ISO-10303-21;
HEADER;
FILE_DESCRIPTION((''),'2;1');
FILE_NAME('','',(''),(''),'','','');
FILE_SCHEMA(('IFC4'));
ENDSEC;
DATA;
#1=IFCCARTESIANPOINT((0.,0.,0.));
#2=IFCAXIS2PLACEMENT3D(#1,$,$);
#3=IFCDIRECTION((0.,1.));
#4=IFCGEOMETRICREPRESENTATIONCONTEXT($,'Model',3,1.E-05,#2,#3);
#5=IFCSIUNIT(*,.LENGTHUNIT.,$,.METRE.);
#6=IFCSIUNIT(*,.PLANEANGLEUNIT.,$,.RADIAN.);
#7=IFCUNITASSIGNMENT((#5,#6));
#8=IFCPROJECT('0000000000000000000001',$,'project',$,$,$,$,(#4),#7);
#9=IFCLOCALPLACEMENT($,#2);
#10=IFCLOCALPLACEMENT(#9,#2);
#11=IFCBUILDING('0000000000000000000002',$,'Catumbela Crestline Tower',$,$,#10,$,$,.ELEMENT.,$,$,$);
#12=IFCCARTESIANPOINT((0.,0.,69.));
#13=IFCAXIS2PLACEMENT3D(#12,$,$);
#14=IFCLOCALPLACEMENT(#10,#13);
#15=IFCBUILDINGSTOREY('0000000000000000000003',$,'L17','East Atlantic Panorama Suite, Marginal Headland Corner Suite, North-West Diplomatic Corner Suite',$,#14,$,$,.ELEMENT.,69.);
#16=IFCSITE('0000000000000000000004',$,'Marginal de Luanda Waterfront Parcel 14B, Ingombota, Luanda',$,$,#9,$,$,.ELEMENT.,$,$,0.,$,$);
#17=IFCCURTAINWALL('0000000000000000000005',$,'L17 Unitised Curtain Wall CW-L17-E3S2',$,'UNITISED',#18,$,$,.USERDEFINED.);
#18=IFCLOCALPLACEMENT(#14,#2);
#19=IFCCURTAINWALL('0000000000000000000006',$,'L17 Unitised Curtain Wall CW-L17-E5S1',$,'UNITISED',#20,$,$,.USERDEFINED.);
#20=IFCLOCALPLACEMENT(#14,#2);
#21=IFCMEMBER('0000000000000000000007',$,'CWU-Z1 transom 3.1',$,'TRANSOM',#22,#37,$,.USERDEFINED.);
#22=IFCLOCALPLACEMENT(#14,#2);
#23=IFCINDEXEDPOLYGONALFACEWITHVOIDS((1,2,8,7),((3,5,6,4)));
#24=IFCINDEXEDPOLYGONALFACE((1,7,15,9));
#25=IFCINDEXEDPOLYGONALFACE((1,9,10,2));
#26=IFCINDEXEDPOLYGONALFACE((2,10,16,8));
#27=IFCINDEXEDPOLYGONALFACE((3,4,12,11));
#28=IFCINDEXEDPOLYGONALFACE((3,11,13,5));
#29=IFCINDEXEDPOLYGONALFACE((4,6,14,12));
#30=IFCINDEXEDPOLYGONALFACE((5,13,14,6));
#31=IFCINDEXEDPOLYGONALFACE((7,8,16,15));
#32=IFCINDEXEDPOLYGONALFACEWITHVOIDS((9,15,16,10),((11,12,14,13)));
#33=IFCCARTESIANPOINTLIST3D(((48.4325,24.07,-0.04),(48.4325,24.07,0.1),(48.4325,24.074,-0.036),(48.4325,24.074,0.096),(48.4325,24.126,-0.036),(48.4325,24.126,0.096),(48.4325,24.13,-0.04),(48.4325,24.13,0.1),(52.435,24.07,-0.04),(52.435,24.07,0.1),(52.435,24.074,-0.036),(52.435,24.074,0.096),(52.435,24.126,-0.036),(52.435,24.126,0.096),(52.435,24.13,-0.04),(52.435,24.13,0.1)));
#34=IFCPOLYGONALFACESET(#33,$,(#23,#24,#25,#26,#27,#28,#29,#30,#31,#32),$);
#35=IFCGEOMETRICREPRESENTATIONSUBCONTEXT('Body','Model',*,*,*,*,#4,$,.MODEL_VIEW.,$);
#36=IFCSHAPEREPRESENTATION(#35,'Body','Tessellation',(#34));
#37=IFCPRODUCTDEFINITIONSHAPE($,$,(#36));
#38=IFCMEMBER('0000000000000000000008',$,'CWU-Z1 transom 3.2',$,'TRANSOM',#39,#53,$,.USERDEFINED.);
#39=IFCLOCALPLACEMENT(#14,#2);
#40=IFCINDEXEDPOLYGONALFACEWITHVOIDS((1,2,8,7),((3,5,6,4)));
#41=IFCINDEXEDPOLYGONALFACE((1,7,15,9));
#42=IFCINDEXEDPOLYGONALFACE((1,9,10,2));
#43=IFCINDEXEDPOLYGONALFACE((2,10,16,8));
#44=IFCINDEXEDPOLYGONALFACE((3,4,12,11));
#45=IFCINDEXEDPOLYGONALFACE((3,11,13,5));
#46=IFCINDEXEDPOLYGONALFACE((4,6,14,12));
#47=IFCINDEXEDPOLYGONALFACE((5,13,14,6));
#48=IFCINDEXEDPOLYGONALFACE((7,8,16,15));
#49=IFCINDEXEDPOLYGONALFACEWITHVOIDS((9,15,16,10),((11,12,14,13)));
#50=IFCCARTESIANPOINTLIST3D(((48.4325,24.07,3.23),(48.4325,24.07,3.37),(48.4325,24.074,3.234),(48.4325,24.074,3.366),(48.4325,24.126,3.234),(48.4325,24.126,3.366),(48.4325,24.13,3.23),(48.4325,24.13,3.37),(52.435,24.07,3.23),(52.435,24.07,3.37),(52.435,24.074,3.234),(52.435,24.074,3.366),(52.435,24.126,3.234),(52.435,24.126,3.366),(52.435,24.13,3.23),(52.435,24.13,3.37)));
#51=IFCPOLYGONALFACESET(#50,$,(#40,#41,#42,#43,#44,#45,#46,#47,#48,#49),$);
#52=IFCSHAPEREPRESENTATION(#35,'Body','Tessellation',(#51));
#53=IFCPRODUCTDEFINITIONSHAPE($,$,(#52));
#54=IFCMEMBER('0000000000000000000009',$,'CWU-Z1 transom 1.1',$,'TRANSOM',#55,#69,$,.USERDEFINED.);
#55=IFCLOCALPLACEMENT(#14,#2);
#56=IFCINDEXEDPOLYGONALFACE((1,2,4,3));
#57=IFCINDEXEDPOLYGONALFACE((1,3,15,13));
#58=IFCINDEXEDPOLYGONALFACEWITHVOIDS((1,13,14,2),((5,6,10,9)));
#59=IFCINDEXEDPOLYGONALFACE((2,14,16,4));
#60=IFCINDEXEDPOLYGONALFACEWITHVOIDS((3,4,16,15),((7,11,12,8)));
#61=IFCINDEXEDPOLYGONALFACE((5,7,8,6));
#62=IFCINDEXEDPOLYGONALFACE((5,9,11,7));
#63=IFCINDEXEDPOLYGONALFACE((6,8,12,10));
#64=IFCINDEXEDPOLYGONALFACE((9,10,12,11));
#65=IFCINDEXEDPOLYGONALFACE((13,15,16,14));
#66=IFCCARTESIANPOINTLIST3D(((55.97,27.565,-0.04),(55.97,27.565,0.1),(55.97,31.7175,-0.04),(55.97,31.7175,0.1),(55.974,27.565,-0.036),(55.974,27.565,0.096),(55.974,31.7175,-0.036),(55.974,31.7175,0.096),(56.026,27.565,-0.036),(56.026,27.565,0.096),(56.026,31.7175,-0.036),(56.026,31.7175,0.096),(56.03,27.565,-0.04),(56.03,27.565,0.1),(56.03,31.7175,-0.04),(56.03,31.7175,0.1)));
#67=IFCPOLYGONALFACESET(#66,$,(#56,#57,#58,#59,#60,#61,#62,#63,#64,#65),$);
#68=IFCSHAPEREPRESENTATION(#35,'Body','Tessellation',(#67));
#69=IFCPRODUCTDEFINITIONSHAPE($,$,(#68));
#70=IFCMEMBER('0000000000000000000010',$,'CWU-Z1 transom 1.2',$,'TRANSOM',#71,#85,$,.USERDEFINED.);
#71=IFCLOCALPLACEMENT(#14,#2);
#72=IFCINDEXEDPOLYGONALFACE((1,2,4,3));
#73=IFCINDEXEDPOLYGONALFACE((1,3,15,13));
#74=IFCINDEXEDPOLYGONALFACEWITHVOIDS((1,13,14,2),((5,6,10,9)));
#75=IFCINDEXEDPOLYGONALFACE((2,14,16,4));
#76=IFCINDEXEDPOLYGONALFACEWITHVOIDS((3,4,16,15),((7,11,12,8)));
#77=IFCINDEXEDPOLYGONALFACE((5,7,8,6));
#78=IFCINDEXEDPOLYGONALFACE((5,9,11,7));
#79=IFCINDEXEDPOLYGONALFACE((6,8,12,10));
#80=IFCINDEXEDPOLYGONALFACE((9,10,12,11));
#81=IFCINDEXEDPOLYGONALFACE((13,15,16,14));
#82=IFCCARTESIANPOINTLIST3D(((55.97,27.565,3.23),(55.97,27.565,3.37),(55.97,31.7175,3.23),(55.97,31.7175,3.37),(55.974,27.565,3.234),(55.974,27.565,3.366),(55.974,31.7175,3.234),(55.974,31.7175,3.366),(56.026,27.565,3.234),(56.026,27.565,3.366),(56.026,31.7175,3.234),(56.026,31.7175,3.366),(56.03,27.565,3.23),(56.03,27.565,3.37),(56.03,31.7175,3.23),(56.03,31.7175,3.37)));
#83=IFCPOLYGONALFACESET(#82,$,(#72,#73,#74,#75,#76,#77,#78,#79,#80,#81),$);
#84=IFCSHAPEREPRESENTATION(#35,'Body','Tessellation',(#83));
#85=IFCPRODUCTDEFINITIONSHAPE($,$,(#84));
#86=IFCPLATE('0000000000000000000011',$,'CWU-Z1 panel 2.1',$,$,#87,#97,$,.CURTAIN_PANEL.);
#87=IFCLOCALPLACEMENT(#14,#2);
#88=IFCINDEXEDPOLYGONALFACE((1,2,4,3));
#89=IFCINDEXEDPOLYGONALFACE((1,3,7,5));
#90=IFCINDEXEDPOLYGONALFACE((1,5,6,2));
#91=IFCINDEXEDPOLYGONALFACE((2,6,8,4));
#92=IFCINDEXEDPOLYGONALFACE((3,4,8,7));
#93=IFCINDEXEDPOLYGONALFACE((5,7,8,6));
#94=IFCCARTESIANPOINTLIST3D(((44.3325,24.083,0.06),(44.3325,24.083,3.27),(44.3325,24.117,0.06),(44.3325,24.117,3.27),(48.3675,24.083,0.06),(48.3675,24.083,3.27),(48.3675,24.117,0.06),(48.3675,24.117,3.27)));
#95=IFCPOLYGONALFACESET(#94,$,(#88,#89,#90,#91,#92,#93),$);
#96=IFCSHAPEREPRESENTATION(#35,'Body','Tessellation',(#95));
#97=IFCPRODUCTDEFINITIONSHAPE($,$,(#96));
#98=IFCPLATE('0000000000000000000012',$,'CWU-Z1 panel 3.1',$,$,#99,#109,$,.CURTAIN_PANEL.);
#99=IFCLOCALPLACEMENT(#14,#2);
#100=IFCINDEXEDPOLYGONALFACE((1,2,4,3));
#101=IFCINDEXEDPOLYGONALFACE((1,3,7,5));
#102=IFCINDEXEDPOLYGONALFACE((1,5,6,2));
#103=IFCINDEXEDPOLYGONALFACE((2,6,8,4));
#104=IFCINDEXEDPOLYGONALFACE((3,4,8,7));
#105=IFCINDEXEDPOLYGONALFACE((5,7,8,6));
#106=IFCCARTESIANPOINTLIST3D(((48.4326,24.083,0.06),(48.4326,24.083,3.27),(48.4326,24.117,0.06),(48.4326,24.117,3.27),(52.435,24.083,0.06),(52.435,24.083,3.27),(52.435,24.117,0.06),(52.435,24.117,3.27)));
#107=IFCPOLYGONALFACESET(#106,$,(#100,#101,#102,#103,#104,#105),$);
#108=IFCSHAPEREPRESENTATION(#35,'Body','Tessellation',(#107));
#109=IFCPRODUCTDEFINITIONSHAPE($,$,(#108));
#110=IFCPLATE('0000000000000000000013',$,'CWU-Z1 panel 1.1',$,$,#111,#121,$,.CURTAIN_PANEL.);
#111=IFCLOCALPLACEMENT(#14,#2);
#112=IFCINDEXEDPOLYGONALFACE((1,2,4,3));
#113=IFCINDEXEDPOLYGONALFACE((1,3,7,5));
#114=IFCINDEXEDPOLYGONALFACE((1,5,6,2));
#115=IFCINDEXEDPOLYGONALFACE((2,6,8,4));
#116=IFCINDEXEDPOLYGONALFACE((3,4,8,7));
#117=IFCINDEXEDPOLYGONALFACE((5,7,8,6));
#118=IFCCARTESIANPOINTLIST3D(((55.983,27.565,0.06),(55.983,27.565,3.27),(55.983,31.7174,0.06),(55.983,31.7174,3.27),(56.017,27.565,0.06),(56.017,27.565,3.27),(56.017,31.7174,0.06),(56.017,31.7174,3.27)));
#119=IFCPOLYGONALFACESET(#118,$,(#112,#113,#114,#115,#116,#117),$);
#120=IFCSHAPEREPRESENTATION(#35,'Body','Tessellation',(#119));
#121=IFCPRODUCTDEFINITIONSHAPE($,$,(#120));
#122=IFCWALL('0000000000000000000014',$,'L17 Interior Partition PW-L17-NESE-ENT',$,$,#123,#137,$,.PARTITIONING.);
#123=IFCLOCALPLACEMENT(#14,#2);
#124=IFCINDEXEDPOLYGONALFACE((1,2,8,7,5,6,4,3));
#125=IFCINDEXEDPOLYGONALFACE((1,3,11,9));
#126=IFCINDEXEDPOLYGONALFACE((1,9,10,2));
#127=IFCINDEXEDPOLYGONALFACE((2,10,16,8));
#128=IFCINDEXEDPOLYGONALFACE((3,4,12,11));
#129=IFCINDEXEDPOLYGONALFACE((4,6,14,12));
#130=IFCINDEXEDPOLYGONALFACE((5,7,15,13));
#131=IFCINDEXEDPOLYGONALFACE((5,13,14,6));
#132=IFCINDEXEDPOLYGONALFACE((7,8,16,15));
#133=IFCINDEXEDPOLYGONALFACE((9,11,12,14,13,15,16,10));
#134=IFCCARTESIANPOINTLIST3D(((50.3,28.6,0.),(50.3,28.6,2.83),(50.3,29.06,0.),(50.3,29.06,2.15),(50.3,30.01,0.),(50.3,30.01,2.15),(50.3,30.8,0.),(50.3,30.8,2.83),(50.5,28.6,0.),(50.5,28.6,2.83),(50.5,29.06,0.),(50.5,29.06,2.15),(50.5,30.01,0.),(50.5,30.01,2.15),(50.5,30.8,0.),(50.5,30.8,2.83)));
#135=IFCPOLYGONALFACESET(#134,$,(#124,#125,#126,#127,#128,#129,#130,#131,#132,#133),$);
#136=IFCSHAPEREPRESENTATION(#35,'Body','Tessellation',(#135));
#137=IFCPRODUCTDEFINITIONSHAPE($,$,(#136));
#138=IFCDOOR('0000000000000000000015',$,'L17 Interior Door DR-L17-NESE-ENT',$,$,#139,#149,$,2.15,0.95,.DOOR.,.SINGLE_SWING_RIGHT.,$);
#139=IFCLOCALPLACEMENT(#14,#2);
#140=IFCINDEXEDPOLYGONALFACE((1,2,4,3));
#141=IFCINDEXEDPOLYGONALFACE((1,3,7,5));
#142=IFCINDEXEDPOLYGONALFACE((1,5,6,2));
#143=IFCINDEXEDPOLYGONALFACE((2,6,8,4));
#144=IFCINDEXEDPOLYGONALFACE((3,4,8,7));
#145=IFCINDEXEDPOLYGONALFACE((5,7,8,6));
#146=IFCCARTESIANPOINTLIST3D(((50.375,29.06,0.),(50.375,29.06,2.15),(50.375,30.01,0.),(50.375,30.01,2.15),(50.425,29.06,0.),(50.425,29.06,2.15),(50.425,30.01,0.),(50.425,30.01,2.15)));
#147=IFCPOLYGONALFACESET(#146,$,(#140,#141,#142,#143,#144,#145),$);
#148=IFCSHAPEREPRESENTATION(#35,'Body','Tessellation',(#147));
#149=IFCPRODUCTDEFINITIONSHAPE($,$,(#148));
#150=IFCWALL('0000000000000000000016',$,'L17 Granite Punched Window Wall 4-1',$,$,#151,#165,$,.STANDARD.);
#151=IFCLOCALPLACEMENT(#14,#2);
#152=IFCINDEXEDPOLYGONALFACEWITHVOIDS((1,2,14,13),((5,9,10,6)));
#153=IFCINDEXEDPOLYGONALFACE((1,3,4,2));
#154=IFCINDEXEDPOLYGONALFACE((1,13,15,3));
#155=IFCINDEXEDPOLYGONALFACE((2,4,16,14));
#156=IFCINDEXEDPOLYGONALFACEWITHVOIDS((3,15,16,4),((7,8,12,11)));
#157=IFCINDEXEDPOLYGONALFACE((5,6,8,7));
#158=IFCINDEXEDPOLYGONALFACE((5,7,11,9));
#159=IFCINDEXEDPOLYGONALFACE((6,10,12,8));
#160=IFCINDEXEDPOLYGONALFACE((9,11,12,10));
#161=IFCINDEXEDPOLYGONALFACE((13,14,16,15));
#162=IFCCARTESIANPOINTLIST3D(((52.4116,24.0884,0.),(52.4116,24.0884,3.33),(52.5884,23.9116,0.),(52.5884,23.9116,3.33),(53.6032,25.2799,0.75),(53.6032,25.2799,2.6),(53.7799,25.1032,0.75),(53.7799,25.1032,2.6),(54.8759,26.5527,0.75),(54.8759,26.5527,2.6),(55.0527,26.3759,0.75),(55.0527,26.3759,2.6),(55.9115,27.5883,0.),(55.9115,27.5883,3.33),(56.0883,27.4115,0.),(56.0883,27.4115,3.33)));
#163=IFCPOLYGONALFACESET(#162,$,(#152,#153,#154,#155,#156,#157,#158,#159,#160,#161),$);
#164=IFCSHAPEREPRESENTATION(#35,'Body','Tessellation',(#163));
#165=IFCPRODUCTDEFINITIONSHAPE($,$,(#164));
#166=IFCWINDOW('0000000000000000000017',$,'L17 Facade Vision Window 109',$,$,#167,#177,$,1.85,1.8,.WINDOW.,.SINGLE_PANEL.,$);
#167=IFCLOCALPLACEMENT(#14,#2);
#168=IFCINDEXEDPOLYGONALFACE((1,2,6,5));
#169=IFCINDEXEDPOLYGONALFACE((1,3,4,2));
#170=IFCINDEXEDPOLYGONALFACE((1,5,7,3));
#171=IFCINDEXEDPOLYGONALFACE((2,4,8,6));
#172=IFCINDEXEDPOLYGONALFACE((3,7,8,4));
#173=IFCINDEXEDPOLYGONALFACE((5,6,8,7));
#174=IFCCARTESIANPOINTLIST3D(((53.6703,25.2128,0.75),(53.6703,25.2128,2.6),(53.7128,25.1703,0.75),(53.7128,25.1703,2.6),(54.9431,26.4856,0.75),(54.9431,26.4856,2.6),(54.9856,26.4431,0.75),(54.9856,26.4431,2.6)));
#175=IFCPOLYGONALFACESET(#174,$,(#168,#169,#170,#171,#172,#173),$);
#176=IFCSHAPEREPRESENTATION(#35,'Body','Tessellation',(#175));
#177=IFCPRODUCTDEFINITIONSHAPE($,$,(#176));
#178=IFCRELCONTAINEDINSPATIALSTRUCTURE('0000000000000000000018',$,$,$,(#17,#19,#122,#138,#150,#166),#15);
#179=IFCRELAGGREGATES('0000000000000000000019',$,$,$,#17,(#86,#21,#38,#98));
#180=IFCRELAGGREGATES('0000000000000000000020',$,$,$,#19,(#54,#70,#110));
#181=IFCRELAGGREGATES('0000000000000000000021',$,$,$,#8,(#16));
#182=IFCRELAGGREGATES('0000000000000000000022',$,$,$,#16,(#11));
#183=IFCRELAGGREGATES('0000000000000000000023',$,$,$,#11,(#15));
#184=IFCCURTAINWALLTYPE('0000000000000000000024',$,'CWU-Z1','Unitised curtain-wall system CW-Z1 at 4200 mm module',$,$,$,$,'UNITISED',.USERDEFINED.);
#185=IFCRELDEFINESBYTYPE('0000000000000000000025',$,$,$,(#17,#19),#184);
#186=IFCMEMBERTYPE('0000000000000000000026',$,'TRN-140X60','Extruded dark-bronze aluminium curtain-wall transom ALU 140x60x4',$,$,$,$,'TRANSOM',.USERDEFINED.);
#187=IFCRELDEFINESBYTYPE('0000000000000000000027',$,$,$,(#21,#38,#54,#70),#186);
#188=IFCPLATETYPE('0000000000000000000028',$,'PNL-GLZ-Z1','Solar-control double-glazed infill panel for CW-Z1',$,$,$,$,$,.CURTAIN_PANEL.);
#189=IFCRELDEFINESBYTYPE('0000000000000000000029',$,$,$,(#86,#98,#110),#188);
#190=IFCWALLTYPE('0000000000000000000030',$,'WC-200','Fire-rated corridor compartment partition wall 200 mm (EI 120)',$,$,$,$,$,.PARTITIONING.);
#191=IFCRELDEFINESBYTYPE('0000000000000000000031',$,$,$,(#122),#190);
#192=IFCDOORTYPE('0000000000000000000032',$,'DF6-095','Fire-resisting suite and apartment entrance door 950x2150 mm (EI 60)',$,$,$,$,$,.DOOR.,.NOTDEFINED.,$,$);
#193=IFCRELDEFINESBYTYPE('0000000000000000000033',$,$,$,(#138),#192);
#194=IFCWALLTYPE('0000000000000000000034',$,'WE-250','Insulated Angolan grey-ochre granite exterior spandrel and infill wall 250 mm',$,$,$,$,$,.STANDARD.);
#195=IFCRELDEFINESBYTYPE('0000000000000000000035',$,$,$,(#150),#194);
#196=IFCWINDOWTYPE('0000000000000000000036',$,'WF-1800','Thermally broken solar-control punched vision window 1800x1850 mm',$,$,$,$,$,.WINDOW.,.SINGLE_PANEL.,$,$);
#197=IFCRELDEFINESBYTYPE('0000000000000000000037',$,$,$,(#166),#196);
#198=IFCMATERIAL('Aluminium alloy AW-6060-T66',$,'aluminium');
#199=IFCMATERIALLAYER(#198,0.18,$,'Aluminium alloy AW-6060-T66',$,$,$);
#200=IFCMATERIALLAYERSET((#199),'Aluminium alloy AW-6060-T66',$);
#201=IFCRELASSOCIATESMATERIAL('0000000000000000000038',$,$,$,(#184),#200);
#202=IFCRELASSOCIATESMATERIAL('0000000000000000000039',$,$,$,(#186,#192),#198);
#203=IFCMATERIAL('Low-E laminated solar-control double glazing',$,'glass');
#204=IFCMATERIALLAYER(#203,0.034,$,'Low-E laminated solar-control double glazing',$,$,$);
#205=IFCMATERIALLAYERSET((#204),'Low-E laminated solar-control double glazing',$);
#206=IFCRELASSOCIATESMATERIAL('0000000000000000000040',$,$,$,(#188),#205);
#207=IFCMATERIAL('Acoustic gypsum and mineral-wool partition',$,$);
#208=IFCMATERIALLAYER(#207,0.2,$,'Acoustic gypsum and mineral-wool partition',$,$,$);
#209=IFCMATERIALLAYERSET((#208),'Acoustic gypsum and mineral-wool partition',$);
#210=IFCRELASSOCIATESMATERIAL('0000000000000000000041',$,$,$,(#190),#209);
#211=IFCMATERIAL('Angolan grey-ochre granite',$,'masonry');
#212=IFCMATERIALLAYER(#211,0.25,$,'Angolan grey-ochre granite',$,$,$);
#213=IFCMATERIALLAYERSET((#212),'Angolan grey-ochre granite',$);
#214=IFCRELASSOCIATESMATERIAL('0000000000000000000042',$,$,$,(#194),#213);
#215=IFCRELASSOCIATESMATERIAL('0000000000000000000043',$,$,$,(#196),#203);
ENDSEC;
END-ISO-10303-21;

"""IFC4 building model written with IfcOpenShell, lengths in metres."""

from ifc_helpers import new_model, si_unit, direction, frame, frame_2d, origin, origin_2d, place, context, subcontext, project, spatial, rectangle, hollow_rectangle, extrude, material, layer, layer_set, material_profile, profile_set, type_object, element, fill, aggregate, save


model = new_model("IFC4")

# Units and contexts
model_context = context("Model", 3, precision=1e-05, world=origin(), true_north=direction((0.0, 1.0)))
body_context = subcontext(model_context, "Body", "Model", "MODEL_VIEW")
ifc_project = project(units=[si_unit("LENGTHUNIT", "METRE"), si_unit("PLANEANGLEUNIT", "RADIAN")], contexts=[model_context])

# Site, building, storey
site_placement = place(None, origin())
site = spatial("IfcSite", under=ifc_project, at=site_placement, Name="Marginal de Luanda Waterfront Parcel 14B, Ingombota, Luanda", CompositionType="ELEMENT", RefElevation=0.0)
building_placement = place(site_placement, origin())
building = spatial("IfcBuilding", under=site, at=building_placement, Name="Catumbela Crestline Tower", CompositionType="ELEMENT")
storey_placement = place(building_placement, frame((0.0, 0.0, 69.0)))
storey = spatial("IfcBuildingStorey", under=building, at=storey_placement, Name="L17", Description="East Atlantic Panorama Suite, Marginal Headland Corner Suite, North-West Diplomatic Corner Suite", CompositionType="ELEMENT", Elevation=69.0)

# Curtain wall
ifc_material_1 = material(Name="Aluminium alloy AW-6060-T66", Category="aluminium")
ifc_layer_1 = layer(ifc_material_1, 0.18, Name="Aluminium alloy AW-6060-T66")
ifc_layer_set_1 = layer_set([ifc_layer_1], Name="Aluminium alloy AW-6060-T66")
curtain_wall_type = type_object("IfcCurtainWallType", Name="CWU-Z1", Description="Unitised curtain-wall system CW-Z1 at 4200 mm module", ElementType="UNITISED", PredefinedType="USERDEFINED", material=ifc_layer_set_1)
curtain_wall_1_placement = place(storey_placement, origin())
curtain_wall_1 = element("IfcCurtainWall", 1, at=curtain_wall_1_placement, inside=storey, type_object=curtain_wall_type, Name="L17 Unitised Curtain Wall CW-L17-E3S2", ObjectType="UNITISED", PredefinedType="USERDEFINED")

# Curtain wall
curtain_wall_2_placement = place(storey_placement, origin())
curtain_wall_2 = element("IfcCurtainWall", 2, at=curtain_wall_2_placement, inside=storey, type_object=curtain_wall_type, Name="L17 Unitised Curtain Wall CW-L17-E5S1", ObjectType="UNITISED", PredefinedType="USERDEFINED")

# Members
ifc_material_profile_1 = material_profile(ifc_material_1, hollow_rectangle(XDim=0.06, YDim=0.14, WallThickness=0.004, at=origin_2d()), Name="ALU 140x60x4")
ifc_profile_set_1 = profile_set([ifc_material_profile_1], Name="Aluminium alloy AW-6060-T66")
member_type_1 = type_object("IfcMemberType", Name="TRN-140X60", Description="Extruded dark-bronze aluminium curtain-wall transom ALU 140x60x4", ElementType="TRANSOM", PredefinedType="USERDEFINED", material=ifc_profile_set_1)
member_1_placement = place(storey_placement, frame((48.4325, 24.1, 0.03), z_axis=(1.0, 0.0, 0.0), x_axis=(0.0, 1.0, 0.0)))
member_1 = element("IfcMember", 3, at=member_1_placement, type_object=member_type_1, Name="CWU-Z1 transom 3.1", ObjectType="TRANSOM", PredefinedType="USERDEFINED", context=body_context, shape_type="SweptSolid", body=[
    extrude(hollow_rectangle(XDim=0.06, YDim=0.14, WallThickness=0.004, at=origin_2d()), origin(), (0.0, 0.0, 1.0), 4.0025),
])
member_2_placement = place(storey_placement, frame((48.4325, 24.1, 3.3), z_axis=(1.0, 0.0, 0.0), x_axis=(0.0, 1.0, 0.0)))
member_2 = element("IfcMember", 4, at=member_2_placement, type_object=member_type_1, Name="CWU-Z1 transom 3.2", ObjectType="TRANSOM", PredefinedType="USERDEFINED", context=body_context, shape_type="SweptSolid", body=[
    extrude(hollow_rectangle(XDim=0.06, YDim=0.14, WallThickness=0.004, at=origin_2d()), origin(), (0.0, 0.0, 1.0), 4.0025),
])
member_3_placement = place(storey_placement, frame((56.0, 27.565, 0.03), z_axis=(0.0, 1.0, 0.0), x_axis=(-1.0, 0.0, 0.0)))
member_3 = element("IfcMember", 5, at=member_3_placement, type_object=member_type_1, Name="CWU-Z1 transom 1.1", ObjectType="TRANSOM", PredefinedType="USERDEFINED", context=body_context, shape_type="SweptSolid", body=[
    extrude(hollow_rectangle(XDim=0.06, YDim=0.14, WallThickness=0.004, at=origin_2d()), origin(), (0.0, 0.0, 1.0), 4.1525),
])
member_4_placement = place(storey_placement, frame((56.0, 27.565, 3.3), z_axis=(0.0, 1.0, 0.0), x_axis=(-1.0, 0.0, 0.0)))
member_4 = element("IfcMember", 6, at=member_4_placement, type_object=member_type_1, Name="CWU-Z1 transom 1.2", ObjectType="TRANSOM", PredefinedType="USERDEFINED", context=body_context, shape_type="SweptSolid", body=[
    extrude(hollow_rectangle(XDim=0.06, YDim=0.14, WallThickness=0.004, at=origin_2d()), origin(), (0.0, 0.0, 1.0), 4.1525),
])

# Plates
ifc_material_2 = material(Name="Low-E laminated solar-control double glazing", Category="glass")
ifc_layer_2 = layer(ifc_material_2, 0.034, Name="Low-E laminated solar-control double glazing")
ifc_layer_set_2 = layer_set([ifc_layer_2], Name="Low-E laminated solar-control double glazing")
plate_type = type_object("IfcPlateType", Name="PNL-GLZ-Z1", Description="Solar-control double-glazed infill panel for CW-Z1", PredefinedType="CURTAIN_PANEL", material=ifc_layer_set_2)
plate_1_placement = place(storey_placement, frame((46.35, 24.1, 0.06), z_axis=(0.0, 0.0, 1.0), x_axis=(1.0, 0.0, 0.0)))
plate_1 = element("IfcPlate", 7, at=plate_1_placement, type_object=plate_type, Name="CWU-Z1 panel 2.1", PredefinedType="CURTAIN_PANEL", context=body_context, shape_type="SweptSolid", body=[
    extrude(rectangle(XDim=4.035, YDim=0.034, at=origin_2d()), origin(), (0.0, 0.0, 1.0), 3.21),
])
plate_2_placement = place(storey_placement, frame((50.4338, 24.1, 0.06), z_axis=(0.0, 0.0, 1.0), x_axis=(1.0, 0.0, 0.0)))
plate_2 = element("IfcPlate", 8, at=plate_2_placement, type_object=plate_type, Name="CWU-Z1 panel 3.1", PredefinedType="CURTAIN_PANEL", context=body_context, shape_type="SweptSolid", body=[
    extrude(rectangle(XDim=4.0025, YDim=0.034, at=origin_2d()), origin(), (0.0, 0.0, 1.0), 3.21),
])
aggregate(curtain_wall_1, [plate_1, member_1, member_2, plate_2])
plate_3_placement = place(storey_placement, frame((56.0, 29.6412, 0.06), z_axis=(0.0, 0.0, 1.0), x_axis=(0.0, 1.0, 0.0)))
plate_3 = element("IfcPlate", 9, at=plate_3_placement, type_object=plate_type, Name="CWU-Z1 panel 1.1", PredefinedType="CURTAIN_PANEL", context=body_context, shape_type="SweptSolid", body=[
    extrude(rectangle(XDim=4.1525, YDim=0.034, at=origin_2d()), origin(), (0.0, 0.0, 1.0), 3.21),
])
aggregate(curtain_wall_2, [member_3, member_4, plate_3])

# Wall, opening, door
ifc_material_3 = material(Name="Acoustic gypsum and mineral-wool partition")
ifc_layer_3 = layer(ifc_material_3, 0.2, Name="Acoustic gypsum and mineral-wool partition")
ifc_layer_set_3 = layer_set([ifc_layer_3], Name="Acoustic gypsum and mineral-wool partition")
wall_type_1 = type_object("IfcWallType", Name="WC-200", Description="Fire-rated corridor compartment partition wall 200 mm (EI 120)", PredefinedType="PARTITIONING", material=ifc_layer_set_3)
wall_1_placement = place(storey_placement, frame((50.4, 28.6, 0.0), z_axis=(0.0, 0.0, 1.0), x_axis=(0.0, 1.0, 0.0)))
wall_1 = element("IfcWall", 10, at=wall_1_placement, inside=storey, type_object=wall_type_1, Name="L17 Interior Partition PW-L17-NESE-ENT", PredefinedType="PARTITIONING", context=body_context, shape_type="SweptSolid", body=[
    extrude(rectangle(XDim=2.2, YDim=0.2, at=frame_2d((1.1, 0.0))), origin(), (0.0, 0.0, 1.0), 2.83),
])
opening_1_placement = place(wall_1_placement, frame((0.46, 0.0, 0.0)))
opening_1 = element("IfcOpeningElement", 11, at=opening_1_placement, cuts=wall_1, PredefinedType="OPENING", context=body_context, shape_type="SweptSolid", body=[
    extrude(rectangle(XDim=0.95, YDim=2.15, at=frame_2d((0.475, 1.075))), frame((0.0, 0.11, 0.0), z_axis=(0.0, -1.0, 0.0), x_axis=(1.0, 0.0, 0.0)), (0.0, 0.0, 1.0), 0.22),
])
door_type_1 = type_object("IfcDoorType", Name="DF6-095", Description="Fire-resisting suite and apartment entrance door 950x2150 mm (EI 60)", OperationType="NOTDEFINED", PredefinedType="DOOR", material=ifc_material_1)
door_1_placement = place(opening_1_placement, origin())
door_1 = element("IfcDoor", 12, at=door_1_placement, inside=storey, type_object=door_type_1, Name="L17 Interior Door DR-L17-NESE-ENT", OperationType="SINGLE_SWING_RIGHT", OverallHeight=2.15, OverallWidth=0.95, PredefinedType="DOOR", context=body_context, shape_type="SweptSolid", body=[
    extrude(rectangle(XDim=0.95, YDim=2.15, at=frame_2d((0.475, 1.075))), frame((0.0, 0.025, 0.0), z_axis=(0.0, -1.0, 0.0), x_axis=(1.0, 0.0, 0.0)), (0.0, 0.0, 1.0), 0.05),
])
fill(opening_1, door_1)

# Wall, opening, window
ifc_material_4 = material(Name="Angolan grey-ochre granite", Category="masonry")
ifc_layer_4 = layer(ifc_material_4, 0.25, Name="Angolan grey-ochre granite")
ifc_layer_set_4 = layer_set([ifc_layer_4], Name="Angolan grey-ochre granite")
wall_type_2 = type_object("IfcWallType", Name="WE-250", Description="Insulated Angolan grey-ochre granite exterior spandrel and infill wall 250 mm", PredefinedType="STANDARD", material=ifc_layer_set_4)
wall_2_placement = place(storey_placement, frame((52.5, 24.0, 0.0), z_axis=(0.0, 0.0, 1.0), x_axis=(0.707107, 0.707107, 0.0)))
wall_2 = element("IfcWall", 13, at=wall_2_placement, inside=storey, type_object=wall_type_2, Name="L17 Granite Punched Window Wall 4-1", PredefinedType="STANDARD", context=body_context, shape_type="SweptSolid", body=[
    extrude(rectangle(XDim=4.9497, YDim=0.25, at=frame_2d((2.4748, 0.0))), origin(), (0.0, 0.0, 1.0), 3.33),
])
opening_2_placement = place(wall_2_placement, frame((1.6851, 0.0, 0.75)))
opening_2 = element("IfcOpeningElement", 14, at=opening_2_placement, cuts=wall_2, PredefinedType="OPENING", context=body_context, shape_type="SweptSolid", body=[
    extrude(rectangle(XDim=1.8, YDim=1.85, at=frame_2d((0.9, 0.925))), frame((0.0, 0.135, 0.0), z_axis=(0.0, -1.0, 0.0), x_axis=(1.0, 0.0, 0.0)), (0.0, 0.0, 1.0), 0.27),
])
window_type = type_object("IfcWindowType", Name="WF-1800", Description="Thermally broken solar-control punched vision window 1800x1850 mm", PartitioningType="SINGLE_PANEL", PredefinedType="WINDOW", material=ifc_material_2)
window_placement = place(opening_2_placement, origin())
window = element("IfcWindow", 15, at=window_placement, inside=storey, type_object=window_type, Name="L17 Facade Vision Window 109", OverallHeight=1.85, OverallWidth=1.8, PartitioningType="SINGLE_PANEL", PredefinedType="WINDOW", context=body_context, shape_type="SweptSolid", body=[
    extrude(rectangle(XDim=1.8, YDim=1.85, at=frame_2d((0.9, 0.925))), frame((0.0, 0.03, 0.0), z_axis=(0.0, -1.0, 0.0), x_axis=(1.0, 0.0, 0.0)), (0.0, 0.0, 1.0), 0.06),
])
fill(opening_2, window)

save(model, "model.ifc")
